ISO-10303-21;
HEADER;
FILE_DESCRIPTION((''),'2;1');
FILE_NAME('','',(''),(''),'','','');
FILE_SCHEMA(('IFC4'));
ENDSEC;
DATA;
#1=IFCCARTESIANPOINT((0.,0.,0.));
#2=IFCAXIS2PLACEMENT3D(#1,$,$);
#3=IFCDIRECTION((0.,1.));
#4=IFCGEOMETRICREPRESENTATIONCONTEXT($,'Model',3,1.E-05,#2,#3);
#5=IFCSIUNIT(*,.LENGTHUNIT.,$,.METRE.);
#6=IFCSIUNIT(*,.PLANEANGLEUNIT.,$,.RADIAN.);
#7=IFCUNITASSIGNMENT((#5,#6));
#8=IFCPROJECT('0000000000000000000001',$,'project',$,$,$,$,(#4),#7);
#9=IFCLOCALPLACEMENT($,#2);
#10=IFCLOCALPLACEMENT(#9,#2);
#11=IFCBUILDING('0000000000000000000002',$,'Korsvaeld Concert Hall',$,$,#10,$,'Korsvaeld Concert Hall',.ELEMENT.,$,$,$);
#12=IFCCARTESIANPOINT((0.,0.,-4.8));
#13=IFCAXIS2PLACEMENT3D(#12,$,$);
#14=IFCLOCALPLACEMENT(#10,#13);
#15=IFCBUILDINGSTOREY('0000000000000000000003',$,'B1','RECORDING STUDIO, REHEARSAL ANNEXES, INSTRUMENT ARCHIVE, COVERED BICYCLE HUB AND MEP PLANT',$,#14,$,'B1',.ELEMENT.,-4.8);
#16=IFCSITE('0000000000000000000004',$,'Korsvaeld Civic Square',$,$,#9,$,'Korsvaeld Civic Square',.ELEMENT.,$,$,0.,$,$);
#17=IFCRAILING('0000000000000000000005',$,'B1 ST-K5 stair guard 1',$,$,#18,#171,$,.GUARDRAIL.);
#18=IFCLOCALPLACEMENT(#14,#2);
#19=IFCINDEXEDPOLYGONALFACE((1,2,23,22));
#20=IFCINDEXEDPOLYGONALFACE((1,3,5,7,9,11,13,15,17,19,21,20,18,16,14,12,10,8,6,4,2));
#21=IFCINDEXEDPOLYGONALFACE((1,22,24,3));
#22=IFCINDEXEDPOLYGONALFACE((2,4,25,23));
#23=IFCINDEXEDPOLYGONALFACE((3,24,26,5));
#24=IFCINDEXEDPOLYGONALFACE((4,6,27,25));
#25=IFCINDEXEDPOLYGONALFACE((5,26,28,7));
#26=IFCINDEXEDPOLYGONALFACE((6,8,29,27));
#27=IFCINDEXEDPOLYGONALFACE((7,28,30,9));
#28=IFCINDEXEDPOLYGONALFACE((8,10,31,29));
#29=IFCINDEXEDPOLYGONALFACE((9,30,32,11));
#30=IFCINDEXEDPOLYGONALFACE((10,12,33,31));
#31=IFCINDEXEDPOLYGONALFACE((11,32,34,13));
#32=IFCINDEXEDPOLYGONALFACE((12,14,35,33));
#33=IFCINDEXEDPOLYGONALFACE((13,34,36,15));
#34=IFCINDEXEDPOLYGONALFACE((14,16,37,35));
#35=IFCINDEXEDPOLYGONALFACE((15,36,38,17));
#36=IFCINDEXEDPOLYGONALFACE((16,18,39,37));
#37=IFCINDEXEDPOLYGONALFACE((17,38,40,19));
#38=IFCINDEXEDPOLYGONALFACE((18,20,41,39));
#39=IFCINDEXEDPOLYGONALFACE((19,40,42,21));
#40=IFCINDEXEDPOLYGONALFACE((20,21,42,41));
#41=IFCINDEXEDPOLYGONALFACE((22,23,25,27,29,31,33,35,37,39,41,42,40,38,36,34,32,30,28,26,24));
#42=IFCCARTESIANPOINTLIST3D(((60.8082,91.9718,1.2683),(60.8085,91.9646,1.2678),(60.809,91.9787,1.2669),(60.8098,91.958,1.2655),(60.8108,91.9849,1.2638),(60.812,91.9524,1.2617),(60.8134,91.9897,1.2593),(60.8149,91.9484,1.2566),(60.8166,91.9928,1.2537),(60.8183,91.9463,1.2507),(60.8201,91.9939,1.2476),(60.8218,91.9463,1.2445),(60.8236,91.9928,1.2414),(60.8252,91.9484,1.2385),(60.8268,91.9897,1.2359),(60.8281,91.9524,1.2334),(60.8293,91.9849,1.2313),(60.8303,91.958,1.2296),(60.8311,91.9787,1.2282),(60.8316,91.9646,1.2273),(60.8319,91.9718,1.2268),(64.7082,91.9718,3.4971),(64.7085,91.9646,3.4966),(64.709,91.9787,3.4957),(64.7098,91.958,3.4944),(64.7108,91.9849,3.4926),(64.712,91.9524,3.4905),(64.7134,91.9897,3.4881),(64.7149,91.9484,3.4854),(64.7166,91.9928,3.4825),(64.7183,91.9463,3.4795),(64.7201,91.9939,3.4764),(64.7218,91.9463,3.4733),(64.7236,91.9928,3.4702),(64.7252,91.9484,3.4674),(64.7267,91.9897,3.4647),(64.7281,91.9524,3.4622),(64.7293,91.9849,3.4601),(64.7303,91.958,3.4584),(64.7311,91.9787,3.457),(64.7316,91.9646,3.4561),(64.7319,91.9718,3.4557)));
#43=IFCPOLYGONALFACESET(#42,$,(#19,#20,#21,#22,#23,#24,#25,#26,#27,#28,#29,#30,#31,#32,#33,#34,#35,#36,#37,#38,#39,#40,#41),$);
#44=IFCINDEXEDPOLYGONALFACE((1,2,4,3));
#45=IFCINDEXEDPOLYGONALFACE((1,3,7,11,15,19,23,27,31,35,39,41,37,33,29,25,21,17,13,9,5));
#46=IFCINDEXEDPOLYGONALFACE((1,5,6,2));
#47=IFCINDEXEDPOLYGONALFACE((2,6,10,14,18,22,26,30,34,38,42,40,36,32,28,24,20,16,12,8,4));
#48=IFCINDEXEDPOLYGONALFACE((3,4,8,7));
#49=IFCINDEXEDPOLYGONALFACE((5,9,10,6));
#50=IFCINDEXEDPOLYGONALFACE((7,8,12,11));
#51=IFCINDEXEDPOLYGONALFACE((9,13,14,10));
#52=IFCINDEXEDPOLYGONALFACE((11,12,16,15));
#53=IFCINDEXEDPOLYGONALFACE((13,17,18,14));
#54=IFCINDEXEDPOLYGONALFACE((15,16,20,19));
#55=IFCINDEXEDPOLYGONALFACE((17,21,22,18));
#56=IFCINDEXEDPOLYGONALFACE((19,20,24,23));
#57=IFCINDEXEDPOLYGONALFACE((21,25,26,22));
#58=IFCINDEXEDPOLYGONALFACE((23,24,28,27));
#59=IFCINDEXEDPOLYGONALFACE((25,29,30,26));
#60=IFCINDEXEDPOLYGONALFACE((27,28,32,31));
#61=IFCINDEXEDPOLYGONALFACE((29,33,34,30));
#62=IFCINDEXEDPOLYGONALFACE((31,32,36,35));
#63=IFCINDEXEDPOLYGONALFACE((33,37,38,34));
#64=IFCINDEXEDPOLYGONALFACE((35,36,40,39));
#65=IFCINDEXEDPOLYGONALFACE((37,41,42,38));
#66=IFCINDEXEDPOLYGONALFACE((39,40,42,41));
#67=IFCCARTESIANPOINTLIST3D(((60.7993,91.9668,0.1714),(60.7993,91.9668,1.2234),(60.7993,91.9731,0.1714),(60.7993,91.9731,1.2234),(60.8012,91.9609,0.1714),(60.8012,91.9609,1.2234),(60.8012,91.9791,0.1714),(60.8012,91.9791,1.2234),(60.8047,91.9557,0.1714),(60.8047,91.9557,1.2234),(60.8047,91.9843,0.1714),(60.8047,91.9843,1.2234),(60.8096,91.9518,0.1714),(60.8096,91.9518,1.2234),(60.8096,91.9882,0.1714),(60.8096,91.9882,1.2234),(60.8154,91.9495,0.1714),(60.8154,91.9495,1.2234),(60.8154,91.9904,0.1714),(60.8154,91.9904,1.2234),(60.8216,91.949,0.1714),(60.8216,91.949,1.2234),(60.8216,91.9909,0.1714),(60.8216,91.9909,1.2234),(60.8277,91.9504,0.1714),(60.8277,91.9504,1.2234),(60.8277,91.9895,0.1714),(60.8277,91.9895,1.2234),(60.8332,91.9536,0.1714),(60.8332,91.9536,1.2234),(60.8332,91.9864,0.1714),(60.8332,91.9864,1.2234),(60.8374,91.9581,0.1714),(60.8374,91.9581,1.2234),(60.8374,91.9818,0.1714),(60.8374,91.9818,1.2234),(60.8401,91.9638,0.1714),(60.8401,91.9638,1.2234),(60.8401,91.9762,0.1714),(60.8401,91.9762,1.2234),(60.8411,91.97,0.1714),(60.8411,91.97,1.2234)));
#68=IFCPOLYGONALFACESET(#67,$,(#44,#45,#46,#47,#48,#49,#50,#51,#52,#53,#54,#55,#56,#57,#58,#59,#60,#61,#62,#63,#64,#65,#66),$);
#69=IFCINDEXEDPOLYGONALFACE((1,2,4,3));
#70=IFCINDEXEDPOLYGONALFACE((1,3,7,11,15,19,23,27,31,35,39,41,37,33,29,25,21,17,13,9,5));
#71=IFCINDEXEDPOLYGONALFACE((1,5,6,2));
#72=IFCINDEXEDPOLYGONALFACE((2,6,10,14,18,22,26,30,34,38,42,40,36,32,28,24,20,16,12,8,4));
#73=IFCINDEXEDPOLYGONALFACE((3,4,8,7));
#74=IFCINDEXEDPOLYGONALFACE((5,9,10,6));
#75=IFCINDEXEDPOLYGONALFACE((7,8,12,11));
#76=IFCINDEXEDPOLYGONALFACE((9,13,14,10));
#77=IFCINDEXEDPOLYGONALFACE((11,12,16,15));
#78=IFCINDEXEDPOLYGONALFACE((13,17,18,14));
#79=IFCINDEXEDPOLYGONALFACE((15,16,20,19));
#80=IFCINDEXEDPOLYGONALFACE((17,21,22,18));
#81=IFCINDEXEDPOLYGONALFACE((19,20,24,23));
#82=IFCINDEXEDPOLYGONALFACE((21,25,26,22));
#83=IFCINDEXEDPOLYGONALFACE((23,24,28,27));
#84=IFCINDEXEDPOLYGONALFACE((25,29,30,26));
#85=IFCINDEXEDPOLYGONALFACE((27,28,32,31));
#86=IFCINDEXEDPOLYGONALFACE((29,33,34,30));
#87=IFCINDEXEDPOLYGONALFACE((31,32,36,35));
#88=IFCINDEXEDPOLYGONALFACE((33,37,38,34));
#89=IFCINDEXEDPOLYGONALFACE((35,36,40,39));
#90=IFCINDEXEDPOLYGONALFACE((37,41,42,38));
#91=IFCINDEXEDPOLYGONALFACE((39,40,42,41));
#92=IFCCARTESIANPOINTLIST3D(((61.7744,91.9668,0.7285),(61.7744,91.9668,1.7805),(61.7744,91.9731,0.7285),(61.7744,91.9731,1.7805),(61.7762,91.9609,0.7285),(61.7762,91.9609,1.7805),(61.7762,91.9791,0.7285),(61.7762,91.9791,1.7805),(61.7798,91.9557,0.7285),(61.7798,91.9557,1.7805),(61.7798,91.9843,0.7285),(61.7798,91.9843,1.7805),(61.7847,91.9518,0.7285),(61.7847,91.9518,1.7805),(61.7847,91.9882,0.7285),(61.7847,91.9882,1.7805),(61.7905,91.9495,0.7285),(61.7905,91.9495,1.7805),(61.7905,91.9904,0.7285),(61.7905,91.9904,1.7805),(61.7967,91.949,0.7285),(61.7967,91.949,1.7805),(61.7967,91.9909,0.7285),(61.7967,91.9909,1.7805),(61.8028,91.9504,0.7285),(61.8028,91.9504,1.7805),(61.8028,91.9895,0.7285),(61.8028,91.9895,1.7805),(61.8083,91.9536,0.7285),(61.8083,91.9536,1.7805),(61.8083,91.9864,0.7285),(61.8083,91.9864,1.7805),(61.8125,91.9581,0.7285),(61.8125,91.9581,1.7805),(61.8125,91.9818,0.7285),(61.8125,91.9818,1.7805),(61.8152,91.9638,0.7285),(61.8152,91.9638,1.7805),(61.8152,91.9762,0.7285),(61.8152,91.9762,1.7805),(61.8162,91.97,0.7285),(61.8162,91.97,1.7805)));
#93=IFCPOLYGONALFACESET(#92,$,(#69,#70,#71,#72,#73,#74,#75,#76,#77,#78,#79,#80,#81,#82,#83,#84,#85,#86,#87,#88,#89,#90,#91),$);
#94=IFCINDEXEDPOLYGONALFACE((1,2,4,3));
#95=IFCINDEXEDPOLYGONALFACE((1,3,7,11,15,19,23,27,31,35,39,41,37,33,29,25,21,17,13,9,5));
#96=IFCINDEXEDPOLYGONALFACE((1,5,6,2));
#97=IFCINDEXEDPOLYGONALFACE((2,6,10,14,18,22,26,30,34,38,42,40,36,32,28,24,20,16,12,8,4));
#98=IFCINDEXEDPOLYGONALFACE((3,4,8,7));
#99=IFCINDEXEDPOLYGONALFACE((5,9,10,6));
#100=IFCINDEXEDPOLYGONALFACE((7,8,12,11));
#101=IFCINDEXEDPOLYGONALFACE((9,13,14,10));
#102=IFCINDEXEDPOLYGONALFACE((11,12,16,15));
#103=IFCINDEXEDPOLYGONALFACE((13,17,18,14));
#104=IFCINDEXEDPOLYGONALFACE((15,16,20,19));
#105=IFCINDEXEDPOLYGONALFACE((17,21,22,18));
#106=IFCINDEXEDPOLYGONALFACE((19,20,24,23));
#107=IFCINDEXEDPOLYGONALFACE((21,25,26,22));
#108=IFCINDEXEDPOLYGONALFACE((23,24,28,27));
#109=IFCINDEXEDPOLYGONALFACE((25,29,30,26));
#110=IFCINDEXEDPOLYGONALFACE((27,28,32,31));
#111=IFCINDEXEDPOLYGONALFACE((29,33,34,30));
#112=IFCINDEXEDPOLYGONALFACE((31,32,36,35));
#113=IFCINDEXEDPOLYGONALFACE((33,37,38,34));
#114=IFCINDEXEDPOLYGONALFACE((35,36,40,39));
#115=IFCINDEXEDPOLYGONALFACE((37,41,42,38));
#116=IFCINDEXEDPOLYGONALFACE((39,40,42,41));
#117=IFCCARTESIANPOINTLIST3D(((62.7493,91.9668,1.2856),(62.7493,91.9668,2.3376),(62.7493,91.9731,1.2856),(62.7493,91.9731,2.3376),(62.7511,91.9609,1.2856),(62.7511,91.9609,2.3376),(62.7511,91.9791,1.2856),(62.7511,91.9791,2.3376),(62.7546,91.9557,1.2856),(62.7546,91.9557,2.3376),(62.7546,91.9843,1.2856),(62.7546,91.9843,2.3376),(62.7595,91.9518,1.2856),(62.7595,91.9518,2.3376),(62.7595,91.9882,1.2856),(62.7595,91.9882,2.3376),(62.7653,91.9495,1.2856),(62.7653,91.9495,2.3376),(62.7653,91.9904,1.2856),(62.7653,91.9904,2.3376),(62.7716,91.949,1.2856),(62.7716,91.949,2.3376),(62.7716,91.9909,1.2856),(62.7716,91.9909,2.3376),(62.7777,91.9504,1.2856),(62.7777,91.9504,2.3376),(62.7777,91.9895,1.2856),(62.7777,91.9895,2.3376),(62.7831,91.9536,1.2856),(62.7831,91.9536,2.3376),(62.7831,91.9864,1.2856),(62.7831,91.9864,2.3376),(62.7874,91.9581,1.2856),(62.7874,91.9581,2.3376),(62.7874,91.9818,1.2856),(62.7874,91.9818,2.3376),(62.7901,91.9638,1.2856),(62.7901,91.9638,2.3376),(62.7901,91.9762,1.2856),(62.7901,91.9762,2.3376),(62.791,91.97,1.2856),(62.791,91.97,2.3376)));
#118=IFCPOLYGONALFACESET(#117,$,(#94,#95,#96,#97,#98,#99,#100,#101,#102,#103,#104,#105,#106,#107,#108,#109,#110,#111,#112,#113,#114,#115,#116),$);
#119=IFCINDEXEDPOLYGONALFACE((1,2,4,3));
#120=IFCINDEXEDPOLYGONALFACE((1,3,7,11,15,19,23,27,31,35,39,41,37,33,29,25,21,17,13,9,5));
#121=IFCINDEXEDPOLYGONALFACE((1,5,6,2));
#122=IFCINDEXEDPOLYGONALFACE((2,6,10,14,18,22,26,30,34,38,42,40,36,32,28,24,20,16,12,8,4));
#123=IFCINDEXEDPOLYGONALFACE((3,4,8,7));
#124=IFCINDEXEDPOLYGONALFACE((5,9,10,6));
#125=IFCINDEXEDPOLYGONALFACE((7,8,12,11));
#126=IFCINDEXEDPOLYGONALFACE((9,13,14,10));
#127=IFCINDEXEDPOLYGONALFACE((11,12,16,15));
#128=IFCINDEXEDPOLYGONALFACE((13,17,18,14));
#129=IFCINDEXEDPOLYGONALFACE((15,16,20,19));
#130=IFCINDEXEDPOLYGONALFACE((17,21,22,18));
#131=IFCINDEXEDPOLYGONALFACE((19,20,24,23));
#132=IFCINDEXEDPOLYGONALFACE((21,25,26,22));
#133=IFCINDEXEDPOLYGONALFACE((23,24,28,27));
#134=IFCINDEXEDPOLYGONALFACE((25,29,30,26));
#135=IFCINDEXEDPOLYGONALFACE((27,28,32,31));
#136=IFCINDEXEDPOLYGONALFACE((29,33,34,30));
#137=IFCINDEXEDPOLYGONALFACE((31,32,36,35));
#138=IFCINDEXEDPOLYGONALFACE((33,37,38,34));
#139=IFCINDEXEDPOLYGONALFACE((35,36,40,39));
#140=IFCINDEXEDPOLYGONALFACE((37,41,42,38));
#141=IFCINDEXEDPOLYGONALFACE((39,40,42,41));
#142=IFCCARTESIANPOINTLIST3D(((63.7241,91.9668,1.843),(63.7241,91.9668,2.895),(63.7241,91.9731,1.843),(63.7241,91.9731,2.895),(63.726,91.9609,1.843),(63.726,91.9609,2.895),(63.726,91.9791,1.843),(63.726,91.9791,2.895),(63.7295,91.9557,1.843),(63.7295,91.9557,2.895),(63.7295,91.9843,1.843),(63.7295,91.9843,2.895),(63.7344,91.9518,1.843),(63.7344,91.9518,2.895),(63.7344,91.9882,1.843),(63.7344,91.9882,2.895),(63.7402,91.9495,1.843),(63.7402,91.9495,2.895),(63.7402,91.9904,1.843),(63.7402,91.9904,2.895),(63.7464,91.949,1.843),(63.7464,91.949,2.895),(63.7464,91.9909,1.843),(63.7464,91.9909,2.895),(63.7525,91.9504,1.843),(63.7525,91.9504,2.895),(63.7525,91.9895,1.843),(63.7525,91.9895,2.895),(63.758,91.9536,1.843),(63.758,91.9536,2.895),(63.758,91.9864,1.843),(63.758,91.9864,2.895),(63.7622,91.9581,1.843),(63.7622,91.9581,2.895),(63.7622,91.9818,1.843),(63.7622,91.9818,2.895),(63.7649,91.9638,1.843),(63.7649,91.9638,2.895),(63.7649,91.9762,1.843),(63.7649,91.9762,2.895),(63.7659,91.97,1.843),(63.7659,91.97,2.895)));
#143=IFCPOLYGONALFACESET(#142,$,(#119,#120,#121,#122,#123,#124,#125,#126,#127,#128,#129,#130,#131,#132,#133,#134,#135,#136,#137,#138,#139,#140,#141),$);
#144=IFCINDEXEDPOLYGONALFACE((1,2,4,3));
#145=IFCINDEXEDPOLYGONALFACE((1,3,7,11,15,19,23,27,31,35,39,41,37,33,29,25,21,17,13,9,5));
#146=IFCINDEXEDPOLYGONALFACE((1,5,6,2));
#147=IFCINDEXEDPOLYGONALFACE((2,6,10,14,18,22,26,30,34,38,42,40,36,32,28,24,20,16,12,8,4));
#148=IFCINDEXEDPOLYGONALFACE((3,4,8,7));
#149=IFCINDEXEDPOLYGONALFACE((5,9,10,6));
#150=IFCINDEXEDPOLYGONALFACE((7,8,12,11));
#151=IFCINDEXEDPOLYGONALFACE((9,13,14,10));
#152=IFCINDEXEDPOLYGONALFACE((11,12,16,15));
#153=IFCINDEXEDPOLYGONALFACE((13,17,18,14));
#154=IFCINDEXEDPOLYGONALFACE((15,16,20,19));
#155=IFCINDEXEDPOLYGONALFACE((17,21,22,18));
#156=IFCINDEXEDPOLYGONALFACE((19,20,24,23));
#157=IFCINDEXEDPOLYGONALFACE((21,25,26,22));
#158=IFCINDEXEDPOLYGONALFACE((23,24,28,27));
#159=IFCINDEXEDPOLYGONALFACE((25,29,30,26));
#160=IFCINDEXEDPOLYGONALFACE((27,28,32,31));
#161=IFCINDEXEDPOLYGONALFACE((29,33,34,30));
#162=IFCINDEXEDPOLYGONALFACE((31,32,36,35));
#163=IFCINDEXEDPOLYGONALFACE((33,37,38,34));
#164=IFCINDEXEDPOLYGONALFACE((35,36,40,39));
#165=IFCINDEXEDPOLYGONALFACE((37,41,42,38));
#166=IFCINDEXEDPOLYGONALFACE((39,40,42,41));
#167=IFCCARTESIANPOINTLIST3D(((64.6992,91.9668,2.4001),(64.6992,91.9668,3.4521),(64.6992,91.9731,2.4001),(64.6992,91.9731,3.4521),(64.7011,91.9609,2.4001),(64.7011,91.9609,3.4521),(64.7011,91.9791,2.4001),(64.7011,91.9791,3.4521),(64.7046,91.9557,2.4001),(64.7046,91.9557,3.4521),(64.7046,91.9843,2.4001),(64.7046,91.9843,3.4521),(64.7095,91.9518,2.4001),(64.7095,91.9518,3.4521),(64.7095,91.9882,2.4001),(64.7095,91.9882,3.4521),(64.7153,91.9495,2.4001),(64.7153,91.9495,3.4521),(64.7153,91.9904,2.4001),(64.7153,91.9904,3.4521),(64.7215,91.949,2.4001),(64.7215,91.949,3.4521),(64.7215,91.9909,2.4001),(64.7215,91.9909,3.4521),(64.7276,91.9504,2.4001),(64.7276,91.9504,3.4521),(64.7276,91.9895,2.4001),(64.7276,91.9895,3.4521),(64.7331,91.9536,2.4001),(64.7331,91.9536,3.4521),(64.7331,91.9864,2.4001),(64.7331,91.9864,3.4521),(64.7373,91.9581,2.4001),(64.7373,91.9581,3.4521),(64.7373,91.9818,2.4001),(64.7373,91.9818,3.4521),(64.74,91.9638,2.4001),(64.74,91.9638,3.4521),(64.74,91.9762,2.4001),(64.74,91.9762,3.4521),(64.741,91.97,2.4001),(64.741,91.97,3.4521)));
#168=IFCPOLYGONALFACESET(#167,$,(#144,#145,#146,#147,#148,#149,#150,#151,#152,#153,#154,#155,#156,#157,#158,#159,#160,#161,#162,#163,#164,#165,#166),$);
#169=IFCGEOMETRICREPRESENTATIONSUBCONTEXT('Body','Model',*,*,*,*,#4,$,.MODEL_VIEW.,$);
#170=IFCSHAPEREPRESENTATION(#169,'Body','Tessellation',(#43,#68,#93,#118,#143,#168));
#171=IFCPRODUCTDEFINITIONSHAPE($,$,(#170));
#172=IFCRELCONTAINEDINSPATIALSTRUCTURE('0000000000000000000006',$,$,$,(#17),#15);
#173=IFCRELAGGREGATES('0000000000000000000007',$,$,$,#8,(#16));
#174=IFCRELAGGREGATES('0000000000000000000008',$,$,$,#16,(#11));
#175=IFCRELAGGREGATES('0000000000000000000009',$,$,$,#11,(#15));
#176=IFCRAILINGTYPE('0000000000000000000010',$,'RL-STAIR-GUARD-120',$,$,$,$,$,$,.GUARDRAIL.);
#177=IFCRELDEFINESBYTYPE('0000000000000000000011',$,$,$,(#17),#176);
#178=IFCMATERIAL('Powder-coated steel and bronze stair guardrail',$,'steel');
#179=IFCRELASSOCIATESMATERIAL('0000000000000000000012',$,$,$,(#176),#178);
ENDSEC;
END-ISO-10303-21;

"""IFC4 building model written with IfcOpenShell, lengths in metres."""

from ifc_helpers import new_model, si_unit, direction, frame, origin, origin_2d, place, context, subcontext, project, spatial, circle, extrude, material, type_object, element, save


model = new_model("IFC4")

# Units and contexts
model_context = context("Model", 3, precision=1e-05, world=origin(), true_north=direction((0.0, 1.0)))
body_context = subcontext(model_context, "Body", "Model", "MODEL_VIEW")
ifc_project = project(units=[si_unit("LENGTHUNIT", "METRE"), si_unit("PLANEANGLEUNIT", "RADIAN")], contexts=[model_context])

# Site, building, storey
site_placement = place(None, origin())
site = spatial("IfcSite", under=ifc_project, at=site_placement, Name="Korsvaeld Civic Square", LongName="Korsvaeld Civic Square", CompositionType="ELEMENT", RefElevation=0.0)
building_placement = place(site_placement, origin())
building = spatial("IfcBuilding", under=site, at=building_placement, Name="Korsvaeld Concert Hall", LongName="Korsvaeld Concert Hall", CompositionType="ELEMENT")
storey_placement = place(building_placement, frame((0.0, 0.0, -4.8)))
storey = spatial("IfcBuildingStorey", under=building, at=storey_placement, Name="B1", Description="RECORDING STUDIO, REHEARSAL ANNEXES, INSTRUMENT ARCHIVE, COVERED BICYCLE HUB AND MEP PLANT", LongName="B1", CompositionType="ELEMENT", Elevation=-4.8)

# Railing
ifc_material_1 = material(Name="Powder-coated steel and bronze stair guardrail", Category="steel")
railing_type_1 = type_object("IfcRailingType", Name="RL-STAIR-GUARD-120", PredefinedType="GUARDRAIL", material=ifc_material_1)
railing_1_placement = place(storey_placement, frame((60.8201, 91.97, 0.1714)))
element("IfcRailing", 1, at=railing_1_placement, inside=storey, type_object=railing_type_1, Name="B1 ST-K5 stair guard 1", PredefinedType="GUARDRAIL", context=body_context, shape_type="SweptSolid", body=[
    extrude(circle(Radius=0.0239, at=origin_2d()), frame((0.0, 0.0, 1.0762), z_axis=(0.86822, 0.0, 0.49618), x_axis=(0.0, 1.0, 0.0)), (0.0, 0.0, 1.0), 4.4919),
    extrude(circle(Radius=0.021, at=origin_2d()), origin(), (0.0, 0.0, 1.0), 1.052),
    extrude(circle(Radius=0.021, at=origin_2d()), frame((0.9751, 0.0, 0.5571)), (0.0, 0.0, 1.0), 1.052),
    extrude(circle(Radius=0.021, at=origin_2d()), frame((1.95, 0.0, 1.1143)), (0.0, 0.0, 1.0), 1.052),
    extrude(circle(Radius=0.021, at=origin_2d()), frame((2.9248, 0.0, 1.6716)), (0.0, 0.0, 1.0), 1.052),
    extrude(circle(Radius=0.021, at=origin_2d()), frame((3.8999, 0.0, 2.2288)), (0.0, 0.0, 1.0), 1.052),
])

save(model, "model.ifc")
